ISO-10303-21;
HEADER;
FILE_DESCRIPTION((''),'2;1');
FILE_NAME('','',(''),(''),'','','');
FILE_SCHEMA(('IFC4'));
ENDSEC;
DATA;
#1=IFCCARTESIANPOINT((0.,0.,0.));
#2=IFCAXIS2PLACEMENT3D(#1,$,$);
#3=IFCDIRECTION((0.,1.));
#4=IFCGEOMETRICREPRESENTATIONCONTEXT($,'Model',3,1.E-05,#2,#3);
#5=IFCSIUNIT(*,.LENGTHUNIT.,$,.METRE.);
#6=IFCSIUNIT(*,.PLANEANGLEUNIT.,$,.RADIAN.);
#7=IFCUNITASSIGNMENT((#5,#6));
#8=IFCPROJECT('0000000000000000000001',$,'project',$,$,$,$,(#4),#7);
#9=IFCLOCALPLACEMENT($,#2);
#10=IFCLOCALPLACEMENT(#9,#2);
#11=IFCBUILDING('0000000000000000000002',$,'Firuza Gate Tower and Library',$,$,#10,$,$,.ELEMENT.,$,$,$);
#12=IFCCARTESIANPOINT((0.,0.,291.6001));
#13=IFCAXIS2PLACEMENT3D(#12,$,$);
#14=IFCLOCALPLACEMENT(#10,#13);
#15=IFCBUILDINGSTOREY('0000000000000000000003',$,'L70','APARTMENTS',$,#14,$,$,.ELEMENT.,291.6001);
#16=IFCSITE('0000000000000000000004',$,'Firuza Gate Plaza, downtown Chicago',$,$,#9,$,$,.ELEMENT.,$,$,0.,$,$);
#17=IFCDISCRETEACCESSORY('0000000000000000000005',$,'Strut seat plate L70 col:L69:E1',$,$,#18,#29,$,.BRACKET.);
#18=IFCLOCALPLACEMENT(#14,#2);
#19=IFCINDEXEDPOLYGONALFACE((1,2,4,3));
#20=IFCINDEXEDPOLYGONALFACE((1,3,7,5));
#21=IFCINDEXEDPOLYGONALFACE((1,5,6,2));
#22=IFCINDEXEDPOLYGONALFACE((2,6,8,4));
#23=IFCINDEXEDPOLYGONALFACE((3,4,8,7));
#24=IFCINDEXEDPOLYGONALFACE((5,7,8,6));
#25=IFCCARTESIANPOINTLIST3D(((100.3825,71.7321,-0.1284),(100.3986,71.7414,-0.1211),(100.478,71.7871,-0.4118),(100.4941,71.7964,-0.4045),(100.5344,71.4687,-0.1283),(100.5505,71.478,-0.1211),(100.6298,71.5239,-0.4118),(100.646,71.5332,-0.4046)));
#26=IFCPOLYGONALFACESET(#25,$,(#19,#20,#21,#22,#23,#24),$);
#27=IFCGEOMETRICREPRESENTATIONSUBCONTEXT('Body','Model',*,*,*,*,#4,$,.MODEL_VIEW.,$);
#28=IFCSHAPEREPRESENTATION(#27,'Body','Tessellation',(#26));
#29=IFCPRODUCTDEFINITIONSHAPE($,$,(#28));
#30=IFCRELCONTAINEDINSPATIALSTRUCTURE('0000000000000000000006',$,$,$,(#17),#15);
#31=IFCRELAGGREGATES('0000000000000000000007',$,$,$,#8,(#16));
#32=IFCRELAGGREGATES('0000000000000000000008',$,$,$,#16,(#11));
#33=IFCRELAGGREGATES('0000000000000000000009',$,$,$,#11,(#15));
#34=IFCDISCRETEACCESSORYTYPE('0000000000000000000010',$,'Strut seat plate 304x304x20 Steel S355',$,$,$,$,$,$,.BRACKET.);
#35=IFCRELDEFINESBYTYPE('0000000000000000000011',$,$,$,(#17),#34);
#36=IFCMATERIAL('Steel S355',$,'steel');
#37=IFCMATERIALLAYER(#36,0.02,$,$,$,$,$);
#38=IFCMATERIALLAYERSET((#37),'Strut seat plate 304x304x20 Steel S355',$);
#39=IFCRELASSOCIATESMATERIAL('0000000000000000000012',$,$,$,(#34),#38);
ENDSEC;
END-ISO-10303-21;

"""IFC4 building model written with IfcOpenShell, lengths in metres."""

from ifc_helpers import new_model, si_unit, direction, frame, origin, place, context, subcontext, project, spatial, polyline, outline, extrude, material, layer, layer_set, type_object, element, save


model = new_model("IFC4")

# Units and contexts
model_context = context("Model", 3, precision=1e-05, world=origin(), true_north=direction((0.0, 1.0)))
body_context = subcontext(model_context, "Body", "Model", "MODEL_VIEW")
ifc_project = project(units=[si_unit("LENGTHUNIT", "METRE"), si_unit("PLANEANGLEUNIT", "RADIAN")], contexts=[model_context])

# Site, building, storey
site_placement = place(None, origin())
site = spatial("IfcSite", under=ifc_project, at=site_placement, Name="Firuza Gate Plaza, downtown Chicago", CompositionType="ELEMENT", RefElevation=0.0)
building_placement = place(site_placement, origin())
building = spatial("IfcBuilding", under=site, at=building_placement, Name="Firuza Gate Tower and Library", CompositionType="ELEMENT")
storey_placement = place(building_placement, frame((0.0, 0.0, 291.6001)))
storey = spatial("IfcBuildingStorey", under=building, at=storey_placement, Name="L70", Description="APARTMENTS", CompositionType="ELEMENT", Elevation=291.6001)

# Discrete accessory
ifc_material_1 = material(Name="Steel S355", Category="steel")
ifc_layer_1 = layer(ifc_material_1, 0.02)
ifc_layer_set_1 = layer_set([ifc_layer_1], Name="Strut seat plate 304x304x20 Steel S355")
discrete_accessory_type = type_object("IfcDiscreteAccessoryType", Name="Strut seat plate 304x304x20 Steel S355", PredefinedType="BRACKET", material=ifc_layer_set_1)
discrete_accessory_1_placement = place(storey_placement, frame((100.5505, 71.478, -0.1211), z_axis=(0.807389, 0.465643, 0.362353), x_axis=(-0.499572, 0.866272, -0.000068)))
element("IfcDiscreteAccessory", 1, at=discrete_accessory_1_placement, inside=storey, type_object=discrete_accessory_type, Name="Strut seat plate L70 col:L69:E1", PredefinedType="BRACKET", context=body_context, shape_type="SweptSolid", body=[
    extrude(outline(polyline([(0.0, 0.0), (0.3041, 0.0), (0.304, -0.3041), (0.0001, -0.3041), (0.0, 0.0)])), origin(), (0.0, 0.0, -1.0), 0.02),
])

save(model, "model.ifc")
